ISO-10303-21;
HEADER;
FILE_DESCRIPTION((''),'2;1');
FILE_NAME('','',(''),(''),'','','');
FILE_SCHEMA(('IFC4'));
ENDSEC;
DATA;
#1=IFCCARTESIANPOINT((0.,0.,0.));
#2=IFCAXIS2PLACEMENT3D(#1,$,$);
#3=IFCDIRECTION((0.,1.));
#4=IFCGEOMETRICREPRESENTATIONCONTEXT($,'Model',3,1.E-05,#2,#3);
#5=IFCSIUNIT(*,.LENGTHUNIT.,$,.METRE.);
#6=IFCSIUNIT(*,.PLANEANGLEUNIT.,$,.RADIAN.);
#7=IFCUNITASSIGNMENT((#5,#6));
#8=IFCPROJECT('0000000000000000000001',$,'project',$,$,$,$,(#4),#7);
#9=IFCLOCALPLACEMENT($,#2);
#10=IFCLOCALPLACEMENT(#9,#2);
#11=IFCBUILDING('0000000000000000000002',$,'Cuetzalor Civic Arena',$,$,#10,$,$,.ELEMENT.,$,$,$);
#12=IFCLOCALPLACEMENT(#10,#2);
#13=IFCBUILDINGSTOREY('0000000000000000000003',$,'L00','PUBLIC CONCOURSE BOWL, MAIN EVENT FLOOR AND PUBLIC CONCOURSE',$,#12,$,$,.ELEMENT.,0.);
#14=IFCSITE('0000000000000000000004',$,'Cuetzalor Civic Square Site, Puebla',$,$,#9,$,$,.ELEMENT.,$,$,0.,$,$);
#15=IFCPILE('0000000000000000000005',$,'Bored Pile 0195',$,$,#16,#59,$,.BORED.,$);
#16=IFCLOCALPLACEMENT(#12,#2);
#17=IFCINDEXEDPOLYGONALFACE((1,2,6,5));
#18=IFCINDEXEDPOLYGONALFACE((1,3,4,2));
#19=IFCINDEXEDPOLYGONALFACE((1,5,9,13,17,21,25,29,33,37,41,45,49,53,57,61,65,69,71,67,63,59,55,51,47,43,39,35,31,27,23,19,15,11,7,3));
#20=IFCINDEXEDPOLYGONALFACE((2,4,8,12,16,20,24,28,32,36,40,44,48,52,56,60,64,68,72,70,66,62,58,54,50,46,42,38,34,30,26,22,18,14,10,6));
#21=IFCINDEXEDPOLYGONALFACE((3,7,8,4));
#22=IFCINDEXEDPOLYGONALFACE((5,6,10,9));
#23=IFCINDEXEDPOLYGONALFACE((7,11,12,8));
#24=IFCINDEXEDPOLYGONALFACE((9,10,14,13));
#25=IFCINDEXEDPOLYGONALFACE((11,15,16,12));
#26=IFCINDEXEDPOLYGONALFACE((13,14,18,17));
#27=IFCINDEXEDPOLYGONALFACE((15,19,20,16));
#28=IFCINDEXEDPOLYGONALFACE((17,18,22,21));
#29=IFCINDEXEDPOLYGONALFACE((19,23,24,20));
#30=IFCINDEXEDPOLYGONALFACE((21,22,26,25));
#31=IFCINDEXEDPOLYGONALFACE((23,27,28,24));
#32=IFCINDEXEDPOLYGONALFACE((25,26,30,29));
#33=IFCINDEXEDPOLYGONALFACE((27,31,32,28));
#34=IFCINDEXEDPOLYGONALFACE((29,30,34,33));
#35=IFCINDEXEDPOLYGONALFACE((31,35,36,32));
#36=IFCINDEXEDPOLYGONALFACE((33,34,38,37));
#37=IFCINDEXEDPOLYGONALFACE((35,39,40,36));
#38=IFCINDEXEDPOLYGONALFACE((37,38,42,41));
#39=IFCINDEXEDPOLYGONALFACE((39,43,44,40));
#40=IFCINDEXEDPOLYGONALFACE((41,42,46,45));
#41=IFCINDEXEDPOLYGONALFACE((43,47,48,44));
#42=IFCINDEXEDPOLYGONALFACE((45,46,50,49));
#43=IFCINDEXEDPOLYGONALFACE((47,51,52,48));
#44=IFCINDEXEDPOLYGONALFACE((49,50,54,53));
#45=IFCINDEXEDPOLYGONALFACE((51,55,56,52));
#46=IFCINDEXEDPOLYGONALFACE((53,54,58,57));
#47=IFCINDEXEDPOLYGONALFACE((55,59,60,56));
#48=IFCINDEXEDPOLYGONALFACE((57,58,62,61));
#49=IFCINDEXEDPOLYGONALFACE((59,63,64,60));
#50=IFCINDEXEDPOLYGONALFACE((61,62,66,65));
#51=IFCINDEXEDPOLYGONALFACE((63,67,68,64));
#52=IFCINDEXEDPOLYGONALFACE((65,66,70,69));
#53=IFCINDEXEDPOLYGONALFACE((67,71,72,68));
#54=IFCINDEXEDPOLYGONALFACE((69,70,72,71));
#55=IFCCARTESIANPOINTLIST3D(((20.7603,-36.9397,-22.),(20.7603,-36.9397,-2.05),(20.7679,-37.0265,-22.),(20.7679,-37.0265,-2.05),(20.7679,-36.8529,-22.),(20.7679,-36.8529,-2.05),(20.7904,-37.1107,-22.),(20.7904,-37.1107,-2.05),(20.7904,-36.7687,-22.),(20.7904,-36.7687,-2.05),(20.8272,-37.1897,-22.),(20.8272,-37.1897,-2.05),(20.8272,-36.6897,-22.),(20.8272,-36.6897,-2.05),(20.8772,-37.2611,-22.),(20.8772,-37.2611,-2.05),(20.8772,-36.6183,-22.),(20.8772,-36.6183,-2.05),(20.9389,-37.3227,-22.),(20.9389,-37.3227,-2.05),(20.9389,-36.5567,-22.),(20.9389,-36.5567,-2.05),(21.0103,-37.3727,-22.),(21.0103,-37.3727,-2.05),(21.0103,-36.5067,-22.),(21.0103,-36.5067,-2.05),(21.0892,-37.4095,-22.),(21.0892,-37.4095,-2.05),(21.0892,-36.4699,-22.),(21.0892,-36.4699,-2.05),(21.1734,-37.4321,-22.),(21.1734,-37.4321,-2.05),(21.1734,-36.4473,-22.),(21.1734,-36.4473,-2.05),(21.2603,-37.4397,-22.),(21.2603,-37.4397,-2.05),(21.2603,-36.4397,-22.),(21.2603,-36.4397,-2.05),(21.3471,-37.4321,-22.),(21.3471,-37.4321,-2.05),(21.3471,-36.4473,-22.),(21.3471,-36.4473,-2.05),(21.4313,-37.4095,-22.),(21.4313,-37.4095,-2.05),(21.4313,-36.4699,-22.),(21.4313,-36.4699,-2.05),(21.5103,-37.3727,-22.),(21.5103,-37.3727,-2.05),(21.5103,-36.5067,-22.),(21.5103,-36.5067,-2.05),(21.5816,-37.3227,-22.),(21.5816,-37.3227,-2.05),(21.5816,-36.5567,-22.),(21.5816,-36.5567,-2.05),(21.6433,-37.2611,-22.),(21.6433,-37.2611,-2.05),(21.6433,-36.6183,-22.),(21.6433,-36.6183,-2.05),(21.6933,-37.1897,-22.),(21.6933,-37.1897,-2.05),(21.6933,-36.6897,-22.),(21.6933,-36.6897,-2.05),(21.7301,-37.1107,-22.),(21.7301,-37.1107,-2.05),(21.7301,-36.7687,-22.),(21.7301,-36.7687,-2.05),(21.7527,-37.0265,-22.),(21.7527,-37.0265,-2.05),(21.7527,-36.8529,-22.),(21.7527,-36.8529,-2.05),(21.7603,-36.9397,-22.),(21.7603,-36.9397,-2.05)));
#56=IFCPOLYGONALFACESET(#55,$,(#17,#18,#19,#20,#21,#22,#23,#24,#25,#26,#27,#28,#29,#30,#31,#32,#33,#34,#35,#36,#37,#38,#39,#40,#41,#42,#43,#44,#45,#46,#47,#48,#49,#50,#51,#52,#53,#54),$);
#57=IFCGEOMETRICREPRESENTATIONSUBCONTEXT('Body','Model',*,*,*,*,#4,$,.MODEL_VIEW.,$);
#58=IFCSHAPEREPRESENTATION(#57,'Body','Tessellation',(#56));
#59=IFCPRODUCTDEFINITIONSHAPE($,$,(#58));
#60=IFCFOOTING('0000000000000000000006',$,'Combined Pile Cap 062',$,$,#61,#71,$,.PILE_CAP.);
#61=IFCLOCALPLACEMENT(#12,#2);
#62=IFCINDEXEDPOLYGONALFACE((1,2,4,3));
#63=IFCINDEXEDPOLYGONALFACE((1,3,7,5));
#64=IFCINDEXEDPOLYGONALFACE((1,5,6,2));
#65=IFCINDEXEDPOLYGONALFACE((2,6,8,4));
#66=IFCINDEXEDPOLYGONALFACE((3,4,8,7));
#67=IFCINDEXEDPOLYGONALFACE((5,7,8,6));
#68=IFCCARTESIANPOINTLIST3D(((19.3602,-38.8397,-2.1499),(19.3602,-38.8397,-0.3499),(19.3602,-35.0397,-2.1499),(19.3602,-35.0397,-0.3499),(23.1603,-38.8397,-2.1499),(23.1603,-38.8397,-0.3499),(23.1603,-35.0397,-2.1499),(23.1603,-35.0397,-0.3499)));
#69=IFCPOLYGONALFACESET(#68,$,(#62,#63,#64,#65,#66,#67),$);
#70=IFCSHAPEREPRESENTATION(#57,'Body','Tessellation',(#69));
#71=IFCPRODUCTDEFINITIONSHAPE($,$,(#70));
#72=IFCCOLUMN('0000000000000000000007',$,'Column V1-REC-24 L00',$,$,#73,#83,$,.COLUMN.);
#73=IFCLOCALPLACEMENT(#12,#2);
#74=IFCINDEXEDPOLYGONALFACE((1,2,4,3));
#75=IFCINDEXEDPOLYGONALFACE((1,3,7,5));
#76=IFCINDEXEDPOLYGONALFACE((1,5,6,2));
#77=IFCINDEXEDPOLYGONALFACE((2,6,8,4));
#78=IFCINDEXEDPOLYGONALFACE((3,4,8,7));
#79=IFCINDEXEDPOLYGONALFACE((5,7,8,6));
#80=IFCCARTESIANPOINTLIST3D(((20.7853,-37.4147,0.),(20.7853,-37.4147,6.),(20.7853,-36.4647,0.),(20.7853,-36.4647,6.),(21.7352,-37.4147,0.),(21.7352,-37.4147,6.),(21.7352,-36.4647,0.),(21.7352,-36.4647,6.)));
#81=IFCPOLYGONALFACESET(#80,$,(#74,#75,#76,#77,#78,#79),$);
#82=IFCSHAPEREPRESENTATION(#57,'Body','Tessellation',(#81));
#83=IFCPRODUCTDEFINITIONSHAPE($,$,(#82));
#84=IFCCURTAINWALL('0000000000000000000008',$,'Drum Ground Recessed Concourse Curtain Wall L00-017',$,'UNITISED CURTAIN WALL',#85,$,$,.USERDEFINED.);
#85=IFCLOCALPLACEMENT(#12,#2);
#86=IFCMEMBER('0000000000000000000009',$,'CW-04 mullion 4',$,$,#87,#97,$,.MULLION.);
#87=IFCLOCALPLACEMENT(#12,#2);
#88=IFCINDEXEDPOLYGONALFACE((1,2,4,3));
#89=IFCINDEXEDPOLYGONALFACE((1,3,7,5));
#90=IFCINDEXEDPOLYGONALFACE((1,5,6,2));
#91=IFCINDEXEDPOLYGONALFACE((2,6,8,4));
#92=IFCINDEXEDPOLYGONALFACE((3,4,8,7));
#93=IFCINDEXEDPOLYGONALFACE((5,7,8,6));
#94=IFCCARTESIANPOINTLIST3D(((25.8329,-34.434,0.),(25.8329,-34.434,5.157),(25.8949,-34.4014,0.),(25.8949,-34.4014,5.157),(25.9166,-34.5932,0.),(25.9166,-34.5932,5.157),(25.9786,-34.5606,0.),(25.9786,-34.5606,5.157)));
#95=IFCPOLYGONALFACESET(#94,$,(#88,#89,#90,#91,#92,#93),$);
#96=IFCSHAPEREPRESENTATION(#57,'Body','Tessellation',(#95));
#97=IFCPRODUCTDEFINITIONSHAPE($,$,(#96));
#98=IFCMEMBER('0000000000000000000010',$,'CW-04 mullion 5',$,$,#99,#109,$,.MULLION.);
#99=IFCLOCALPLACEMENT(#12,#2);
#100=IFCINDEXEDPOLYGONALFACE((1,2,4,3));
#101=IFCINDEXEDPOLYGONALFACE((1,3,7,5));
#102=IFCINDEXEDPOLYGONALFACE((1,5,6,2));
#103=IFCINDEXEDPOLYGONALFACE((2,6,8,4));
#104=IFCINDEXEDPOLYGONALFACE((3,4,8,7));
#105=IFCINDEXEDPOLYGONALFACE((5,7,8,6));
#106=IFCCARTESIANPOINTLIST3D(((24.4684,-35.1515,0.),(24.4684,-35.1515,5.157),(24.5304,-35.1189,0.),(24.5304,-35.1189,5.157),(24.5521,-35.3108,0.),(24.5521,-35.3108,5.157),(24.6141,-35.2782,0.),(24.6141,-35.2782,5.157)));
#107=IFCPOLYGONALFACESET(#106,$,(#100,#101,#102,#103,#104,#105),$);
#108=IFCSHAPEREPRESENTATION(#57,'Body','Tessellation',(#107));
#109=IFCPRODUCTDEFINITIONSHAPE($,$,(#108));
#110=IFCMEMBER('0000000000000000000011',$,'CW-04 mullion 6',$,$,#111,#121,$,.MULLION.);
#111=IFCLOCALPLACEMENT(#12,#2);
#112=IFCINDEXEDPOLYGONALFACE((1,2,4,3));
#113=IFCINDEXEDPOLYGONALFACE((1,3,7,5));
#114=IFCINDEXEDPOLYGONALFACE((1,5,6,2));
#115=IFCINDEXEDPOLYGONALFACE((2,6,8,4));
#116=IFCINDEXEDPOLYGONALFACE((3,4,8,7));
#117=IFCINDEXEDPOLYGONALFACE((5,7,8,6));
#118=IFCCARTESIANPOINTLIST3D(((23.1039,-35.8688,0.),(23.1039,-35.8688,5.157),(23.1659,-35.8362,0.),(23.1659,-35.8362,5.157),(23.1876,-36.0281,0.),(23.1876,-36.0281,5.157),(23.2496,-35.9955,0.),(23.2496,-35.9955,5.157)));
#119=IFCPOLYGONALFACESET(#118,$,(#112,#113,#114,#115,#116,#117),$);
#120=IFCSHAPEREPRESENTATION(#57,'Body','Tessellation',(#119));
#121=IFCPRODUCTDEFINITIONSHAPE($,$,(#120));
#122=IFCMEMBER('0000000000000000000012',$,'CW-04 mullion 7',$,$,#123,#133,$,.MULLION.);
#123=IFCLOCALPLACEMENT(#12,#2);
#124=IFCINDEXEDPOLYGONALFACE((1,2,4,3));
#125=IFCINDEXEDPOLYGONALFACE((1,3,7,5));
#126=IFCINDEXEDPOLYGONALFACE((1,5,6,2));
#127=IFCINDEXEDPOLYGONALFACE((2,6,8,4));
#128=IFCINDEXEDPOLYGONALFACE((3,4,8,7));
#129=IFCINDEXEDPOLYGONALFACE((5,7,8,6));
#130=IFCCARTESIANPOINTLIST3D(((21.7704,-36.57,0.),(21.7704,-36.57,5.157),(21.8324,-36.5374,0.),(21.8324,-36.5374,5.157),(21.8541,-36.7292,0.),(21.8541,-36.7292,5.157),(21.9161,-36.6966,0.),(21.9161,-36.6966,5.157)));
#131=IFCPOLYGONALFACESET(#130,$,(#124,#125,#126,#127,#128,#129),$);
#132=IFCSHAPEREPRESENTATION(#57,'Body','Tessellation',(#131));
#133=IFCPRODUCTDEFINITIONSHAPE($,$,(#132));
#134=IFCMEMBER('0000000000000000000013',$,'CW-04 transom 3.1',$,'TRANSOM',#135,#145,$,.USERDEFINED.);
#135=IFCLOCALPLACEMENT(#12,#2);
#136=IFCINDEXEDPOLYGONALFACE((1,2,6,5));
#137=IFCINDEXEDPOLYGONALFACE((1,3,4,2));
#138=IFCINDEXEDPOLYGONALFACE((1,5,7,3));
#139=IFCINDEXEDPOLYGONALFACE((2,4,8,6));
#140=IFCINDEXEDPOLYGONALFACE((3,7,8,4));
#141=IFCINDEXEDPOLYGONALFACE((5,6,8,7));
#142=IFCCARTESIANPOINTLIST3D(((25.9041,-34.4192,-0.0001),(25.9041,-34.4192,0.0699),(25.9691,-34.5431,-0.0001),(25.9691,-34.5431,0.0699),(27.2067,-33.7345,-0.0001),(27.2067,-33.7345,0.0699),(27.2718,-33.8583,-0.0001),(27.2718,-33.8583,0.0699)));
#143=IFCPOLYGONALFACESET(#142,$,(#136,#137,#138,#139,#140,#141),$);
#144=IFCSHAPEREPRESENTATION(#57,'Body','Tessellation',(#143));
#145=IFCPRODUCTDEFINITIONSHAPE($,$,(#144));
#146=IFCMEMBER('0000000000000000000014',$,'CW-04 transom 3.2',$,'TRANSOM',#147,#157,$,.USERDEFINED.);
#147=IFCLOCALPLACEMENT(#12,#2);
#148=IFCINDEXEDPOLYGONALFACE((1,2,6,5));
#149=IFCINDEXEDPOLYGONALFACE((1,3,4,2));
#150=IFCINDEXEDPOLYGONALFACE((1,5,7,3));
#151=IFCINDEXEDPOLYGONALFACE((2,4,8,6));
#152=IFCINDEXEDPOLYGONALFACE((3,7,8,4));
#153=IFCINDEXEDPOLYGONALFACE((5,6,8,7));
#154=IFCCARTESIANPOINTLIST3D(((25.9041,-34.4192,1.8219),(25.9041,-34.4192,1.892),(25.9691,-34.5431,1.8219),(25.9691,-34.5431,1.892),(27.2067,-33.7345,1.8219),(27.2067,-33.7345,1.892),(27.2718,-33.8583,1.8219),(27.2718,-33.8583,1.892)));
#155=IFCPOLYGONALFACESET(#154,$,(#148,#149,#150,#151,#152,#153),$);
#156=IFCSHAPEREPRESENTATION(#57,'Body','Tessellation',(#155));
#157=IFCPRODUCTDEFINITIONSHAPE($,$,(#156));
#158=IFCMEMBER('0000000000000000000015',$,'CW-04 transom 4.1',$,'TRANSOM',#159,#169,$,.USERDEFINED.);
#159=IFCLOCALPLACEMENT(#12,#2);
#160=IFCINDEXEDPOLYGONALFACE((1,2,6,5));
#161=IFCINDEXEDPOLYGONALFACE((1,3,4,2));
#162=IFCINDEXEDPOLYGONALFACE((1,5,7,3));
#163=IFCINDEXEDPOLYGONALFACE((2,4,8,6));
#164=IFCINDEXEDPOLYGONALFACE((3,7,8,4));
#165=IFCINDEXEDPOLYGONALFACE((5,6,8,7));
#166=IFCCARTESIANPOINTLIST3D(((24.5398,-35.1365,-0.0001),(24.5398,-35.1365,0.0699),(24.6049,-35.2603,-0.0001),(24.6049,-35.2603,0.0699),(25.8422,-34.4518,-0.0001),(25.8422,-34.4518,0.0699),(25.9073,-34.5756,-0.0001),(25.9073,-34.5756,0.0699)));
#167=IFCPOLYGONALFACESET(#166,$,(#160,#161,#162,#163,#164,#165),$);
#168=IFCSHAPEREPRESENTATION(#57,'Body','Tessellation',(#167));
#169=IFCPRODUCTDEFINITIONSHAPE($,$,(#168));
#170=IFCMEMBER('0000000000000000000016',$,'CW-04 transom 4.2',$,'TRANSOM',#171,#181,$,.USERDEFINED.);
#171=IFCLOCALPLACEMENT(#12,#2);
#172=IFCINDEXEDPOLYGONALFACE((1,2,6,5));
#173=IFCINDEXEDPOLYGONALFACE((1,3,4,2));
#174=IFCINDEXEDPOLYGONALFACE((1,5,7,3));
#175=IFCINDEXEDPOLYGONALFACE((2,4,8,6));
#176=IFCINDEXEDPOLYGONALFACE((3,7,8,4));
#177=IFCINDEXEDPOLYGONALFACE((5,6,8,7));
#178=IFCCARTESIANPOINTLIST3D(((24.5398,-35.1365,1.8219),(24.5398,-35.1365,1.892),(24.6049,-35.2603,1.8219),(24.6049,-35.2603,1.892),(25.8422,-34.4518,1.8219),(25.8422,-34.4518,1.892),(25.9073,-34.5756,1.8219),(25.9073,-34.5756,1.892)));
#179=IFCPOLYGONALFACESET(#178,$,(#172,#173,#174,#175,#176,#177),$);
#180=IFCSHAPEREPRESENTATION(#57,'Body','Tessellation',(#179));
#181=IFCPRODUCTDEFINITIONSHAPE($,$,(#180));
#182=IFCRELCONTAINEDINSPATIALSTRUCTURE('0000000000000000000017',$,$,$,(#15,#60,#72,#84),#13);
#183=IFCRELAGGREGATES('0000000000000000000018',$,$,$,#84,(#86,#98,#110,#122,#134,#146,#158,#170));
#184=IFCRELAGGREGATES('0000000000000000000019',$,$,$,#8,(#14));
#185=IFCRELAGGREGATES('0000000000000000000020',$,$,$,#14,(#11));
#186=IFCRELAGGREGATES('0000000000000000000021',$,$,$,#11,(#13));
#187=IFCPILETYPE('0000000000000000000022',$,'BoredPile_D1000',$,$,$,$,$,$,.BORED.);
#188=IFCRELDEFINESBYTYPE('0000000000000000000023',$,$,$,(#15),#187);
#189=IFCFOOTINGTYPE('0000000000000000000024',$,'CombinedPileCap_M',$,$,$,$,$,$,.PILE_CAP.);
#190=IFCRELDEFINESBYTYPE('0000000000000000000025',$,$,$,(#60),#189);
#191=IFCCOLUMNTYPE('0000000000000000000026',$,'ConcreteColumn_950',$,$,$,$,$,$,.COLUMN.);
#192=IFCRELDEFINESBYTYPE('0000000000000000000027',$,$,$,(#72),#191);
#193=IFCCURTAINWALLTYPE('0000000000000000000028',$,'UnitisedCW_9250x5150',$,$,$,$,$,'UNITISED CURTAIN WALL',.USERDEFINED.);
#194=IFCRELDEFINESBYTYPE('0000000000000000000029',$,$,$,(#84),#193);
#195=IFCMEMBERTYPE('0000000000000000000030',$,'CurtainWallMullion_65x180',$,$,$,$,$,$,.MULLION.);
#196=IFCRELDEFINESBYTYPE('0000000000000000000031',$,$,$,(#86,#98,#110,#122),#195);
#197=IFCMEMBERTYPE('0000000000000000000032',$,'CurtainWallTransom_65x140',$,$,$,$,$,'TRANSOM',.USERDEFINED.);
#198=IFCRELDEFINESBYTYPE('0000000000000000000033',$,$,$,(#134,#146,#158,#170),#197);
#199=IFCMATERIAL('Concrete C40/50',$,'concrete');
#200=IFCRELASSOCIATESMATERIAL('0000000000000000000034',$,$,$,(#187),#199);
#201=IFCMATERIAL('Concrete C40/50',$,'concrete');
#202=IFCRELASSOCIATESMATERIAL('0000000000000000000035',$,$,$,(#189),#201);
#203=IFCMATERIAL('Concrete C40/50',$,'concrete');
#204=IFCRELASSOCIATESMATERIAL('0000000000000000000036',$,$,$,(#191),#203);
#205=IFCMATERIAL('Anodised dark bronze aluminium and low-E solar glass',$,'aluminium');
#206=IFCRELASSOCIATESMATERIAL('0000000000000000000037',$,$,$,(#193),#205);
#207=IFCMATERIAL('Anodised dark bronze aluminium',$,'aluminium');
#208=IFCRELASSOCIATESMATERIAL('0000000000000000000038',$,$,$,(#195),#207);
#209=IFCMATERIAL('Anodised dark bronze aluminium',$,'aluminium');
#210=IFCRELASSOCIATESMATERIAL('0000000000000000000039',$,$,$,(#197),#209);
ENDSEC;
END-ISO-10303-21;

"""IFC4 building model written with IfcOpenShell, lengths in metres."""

from ifc_helpers import new_model, si_unit, direction, frame, origin, origin_2d, place, context, subcontext, project, spatial, rectangle, circle, extrude, material, material_profile, profile_set, type_object, element, aggregate, save


model = new_model("IFC4")

# Units and contexts
model_context = context("Model", 3, precision=1e-05, world=origin(), true_north=direction((0.0, 1.0)))
body_context = subcontext(model_context, "Body", "Model", "MODEL_VIEW")
ifc_project = project(units=[si_unit("LENGTHUNIT", "METRE"), si_unit("PLANEANGLEUNIT", "RADIAN")], contexts=[model_context])

# Site, building, storey
site_placement = place(None, origin())
site = spatial("IfcSite", under=ifc_project, at=site_placement, Name="Cuetzalor Civic Square Site, Puebla", CompositionType="ELEMENT", RefElevation=0.0)
building_placement = place(site_placement, origin())
building = spatial("IfcBuilding", under=site, at=building_placement, Name="Cuetzalor Civic Arena", CompositionType="ELEMENT")
storey_placement = place(building_placement, origin())
storey = spatial("IfcBuildingStorey", under=building, at=storey_placement, Name="L00", Description="PUBLIC CONCOURSE BOWL, MAIN EVENT FLOOR AND PUBLIC CONCOURSE", CompositionType="ELEMENT", Elevation=0.0)

# Pile
ifc_material_1 = material(Name="Concrete C40/50", Category="concrete")
ifc_material_profile_1 = material_profile(ifc_material_1, circle(Radius=0.5, at=origin_2d()), Name="BORED PILE D1000")
ifc_profile_set_1 = profile_set([ifc_material_profile_1], Name="Concrete C40/50")
pile_type = type_object("IfcPileType", Name="BoredPile_D1000", PredefinedType="BORED", material=ifc_profile_set_1)
pile_placement = place(storey_placement, frame((21.2603, -36.9397, -2.05), z_axis=(0.0, 0.0, -1.0), x_axis=(1.0, 0.0, 0.0)))
element("IfcPile", 1, at=pile_placement, inside=storey, type_object=pile_type, Name="Bored Pile 0195", PredefinedType="BORED", context=body_context, shape_type="SweptSolid", body=[
    extrude(circle(Radius=0.5, at=origin_2d()), origin(), (0.0, 0.0, 1.0), 19.95),
])

# Footing
ifc_material_2 = material(Name="Concrete C40/50", Category="concrete")
footing_type = type_object("IfcFootingType", Name="CombinedPileCap_M", PredefinedType="PILE_CAP", material=ifc_material_2)
footing_placement = place(storey_placement, frame((21.2603, -36.9397, -2.1499), z_axis=(0.0, 0.0, 1.0), x_axis=(1.0, 0.0, 0.0)))
element("IfcFooting", 2, at=footing_placement, inside=storey, type_object=footing_type, Name="Combined Pile Cap 062", PredefinedType="PILE_CAP", context=body_context, shape_type="SweptSolid", body=[
    extrude(rectangle(XDim=3.8, YDim=3.8, at=origin_2d()), origin(), (0.0, 0.0, 1.0), 1.8),
])

# Column
ifc_material_3 = material(Name="Concrete C40/50", Category="concrete")
ifc_material_profile_2 = material_profile(ifc_material_3, rectangle(XDim=0.95, YDim=0.95, at=origin_2d()), Name="RC 950x950")
ifc_profile_set_2 = profile_set([ifc_material_profile_2], Name="Concrete C40/50")
column_type = type_object("IfcColumnType", Name="ConcreteColumn_950", PredefinedType="COLUMN", material=ifc_profile_set_2)
column_placement = place(storey_placement, frame((21.2603, -36.9397, 0.0), z_axis=(0.0, 0.0, 1.0), x_axis=(1.0, 0.0, 0.0)))
element("IfcColumn", 3, at=column_placement, inside=storey, type_object=column_type, Name="Column V1-REC-24 L00", PredefinedType="COLUMN", context=body_context, shape_type="SweptSolid", body=[
    extrude(rectangle(XDim=0.95, YDim=0.95, at=origin_2d()), origin(), (0.0, 0.0, 1.0), 6.0),
])

# Curtain wall, members
ifc_material_4 = material(Name="Anodised dark bronze aluminium and low-E solar glass", Category="aluminium")
curtain_wall_type = type_object("IfcCurtainWallType", Name="UnitisedCW_9250x5150", ElementType="UNITISED CURTAIN WALL", PredefinedType="USERDEFINED", material=ifc_material_4)
curtain_wall_placement = place(storey_placement, origin())
curtain_wall = element("IfcCurtainWall", 4, at=curtain_wall_placement, inside=storey, type_object=curtain_wall_type, Name="Drum Ground Recessed Concourse Curtain Wall L00-017", ObjectType="UNITISED CURTAIN WALL", PredefinedType="USERDEFINED")
ifc_material_5 = material(Name="Anodised dark bronze aluminium", Category="aluminium")
ifc_material_profile_3 = material_profile(ifc_material_5, rectangle(XDim=0.0701, YDim=0.1799, at=origin_2d()), Name="ALU MULLION 70x180")
ifc_profile_set_3 = profile_set([ifc_material_profile_3], Name="Anodised dark bronze aluminium")
member_type_1 = type_object("IfcMemberType", Name="CurtainWallMullion_65x180", PredefinedType="MULLION", material=ifc_profile_set_3)
member_1_placement = place(storey_placement, frame((25.9058, -34.4973, 0.0), z_axis=(0.0, 0.0, 1.0), x_axis=(-0.885118, -0.465366, 0.0)))
member_1 = element("IfcMember", 5, at=member_1_placement, type_object=member_type_1, Name="CW-04 mullion 4", PredefinedType="MULLION", context=body_context, shape_type="SweptSolid", body=[
    extrude(rectangle(XDim=0.0701, YDim=0.1799, at=origin_2d()), origin(), (0.0, 0.0, 1.0), 5.157),
])
member_2_placement = place(storey_placement, frame((24.5413, -35.2148, 0.0), z_axis=(0.0, 0.0, 1.0), x_axis=(-0.885118, -0.465366, 0.0)))
member_2 = element("IfcMember", 6, at=member_2_placement, type_object=member_type_1, Name="CW-04 mullion 5", PredefinedType="MULLION", context=body_context, shape_type="SweptSolid", body=[
    extrude(rectangle(XDim=0.0701, YDim=0.1799, at=origin_2d()), origin(), (0.0, 0.0, 1.0), 5.157),
])
member_3_placement = place(storey_placement, frame((23.1768, -35.9321, 0.0), z_axis=(0.0, 0.0, 1.0), x_axis=(-0.885118, -0.465366, 0.0)))
member_3 = element("IfcMember", 7, at=member_3_placement, type_object=member_type_1, Name="CW-04 mullion 6", PredefinedType="MULLION", context=body_context, shape_type="SweptSolid", body=[
    extrude(rectangle(XDim=0.0701, YDim=0.1799, at=origin_2d()), origin(), (0.0, 0.0, 1.0), 5.157),
])
member_4_placement = place(storey_placement, frame((21.8433, -36.6333, 0.0), z_axis=(0.0, 0.0, 1.0), x_axis=(-0.885118, -0.465366, 0.0)))
member_4 = element("IfcMember", 8, at=member_4_placement, type_object=member_type_1, Name="CW-04 mullion 7", PredefinedType="MULLION", context=body_context, shape_type="SweptSolid", body=[
    extrude(rectangle(XDim=0.0701, YDim=0.1799, at=origin_2d()), origin(), (0.0, 0.0, 1.0), 5.157),
])
ifc_material_6 = material(Name="Anodised dark bronze aluminium", Category="aluminium")
ifc_material_profile_4 = material_profile(ifc_material_6, rectangle(XDim=0.1399, YDim=0.0701, at=origin_2d()), Name="ALU TRANSOM 70x140")
ifc_profile_set_4 = profile_set([ifc_material_profile_4], Name="Anodised dark bronze aluminium")
member_type_2 = type_object("IfcMemberType", Name="CurtainWallTransom_65x140", ElementType="TRANSOM", PredefinedType="USERDEFINED", material=ifc_profile_set_4)
member_5_placement = place(storey_placement, frame((27.2393, -33.7964, 0.0349), z_axis=(-0.885152, -0.465302, 0.0), x_axis=(0.465302, -0.885152, 0.0)))
member_5 = element("IfcMember", 9, at=member_5_placement, type_object=member_type_2, Name="CW-04 transom 3.1", ObjectType="TRANSOM", PredefinedType="USERDEFINED", context=body_context, shape_type="SweptSolid", body=[
    extrude(rectangle(XDim=0.1399, YDim=0.0701, at=origin_2d()), origin(), (0.0, 0.0, 1.0), 1.4717),
])
member_6_placement = place(storey_placement, frame((27.2393, -33.7964, 1.8569), z_axis=(-0.885152, -0.465302, 0.0), x_axis=(0.465302, -0.885152, 0.0)))
member_6 = element("IfcMember", 10, at=member_6_placement, type_object=member_type_2, Name="CW-04 transom 3.2", ObjectType="TRANSOM", PredefinedType="USERDEFINED", context=body_context, shape_type="SweptSolid", body=[
    extrude(rectangle(XDim=0.1399, YDim=0.0701, at=origin_2d()), origin(), (0.0, 0.0, 1.0), 1.4717),
])
member_7_placement = place(storey_placement, frame((25.8748, -34.5137, 0.0349), z_axis=(-0.885116, -0.46537, 0.0), x_axis=(0.46537, -0.885116, 0.0)))
member_7 = element("IfcMember", 11, at=member_7_placement, type_object=member_type_2, Name="CW-04 transom 4.1", ObjectType="TRANSOM", PredefinedType="USERDEFINED", context=body_context, shape_type="SweptSolid", body=[
    extrude(rectangle(XDim=0.1399, YDim=0.0701, at=origin_2d()), origin(), (0.0, 0.0, 1.0), 1.4714),
])
member_8_placement = place(storey_placement, frame((25.8748, -34.5137, 1.8569), z_axis=(-0.885116, -0.46537, 0.0), x_axis=(0.46537, -0.885116, 0.0)))
member_8 = element("IfcMember", 12, at=member_8_placement, type_object=member_type_2, Name="CW-04 transom 4.2", ObjectType="TRANSOM", PredefinedType="USERDEFINED", context=body_context, shape_type="SweptSolid", body=[
    extrude(rectangle(XDim=0.1399, YDim=0.0701, at=origin_2d()), origin(), (0.0, 0.0, 1.0), 1.4714),
])

aggregate(curtain_wall, [member_1, member_2, member_3, member_4, member_5, member_6, member_7, member_8])

save(model, "model.ifc")
